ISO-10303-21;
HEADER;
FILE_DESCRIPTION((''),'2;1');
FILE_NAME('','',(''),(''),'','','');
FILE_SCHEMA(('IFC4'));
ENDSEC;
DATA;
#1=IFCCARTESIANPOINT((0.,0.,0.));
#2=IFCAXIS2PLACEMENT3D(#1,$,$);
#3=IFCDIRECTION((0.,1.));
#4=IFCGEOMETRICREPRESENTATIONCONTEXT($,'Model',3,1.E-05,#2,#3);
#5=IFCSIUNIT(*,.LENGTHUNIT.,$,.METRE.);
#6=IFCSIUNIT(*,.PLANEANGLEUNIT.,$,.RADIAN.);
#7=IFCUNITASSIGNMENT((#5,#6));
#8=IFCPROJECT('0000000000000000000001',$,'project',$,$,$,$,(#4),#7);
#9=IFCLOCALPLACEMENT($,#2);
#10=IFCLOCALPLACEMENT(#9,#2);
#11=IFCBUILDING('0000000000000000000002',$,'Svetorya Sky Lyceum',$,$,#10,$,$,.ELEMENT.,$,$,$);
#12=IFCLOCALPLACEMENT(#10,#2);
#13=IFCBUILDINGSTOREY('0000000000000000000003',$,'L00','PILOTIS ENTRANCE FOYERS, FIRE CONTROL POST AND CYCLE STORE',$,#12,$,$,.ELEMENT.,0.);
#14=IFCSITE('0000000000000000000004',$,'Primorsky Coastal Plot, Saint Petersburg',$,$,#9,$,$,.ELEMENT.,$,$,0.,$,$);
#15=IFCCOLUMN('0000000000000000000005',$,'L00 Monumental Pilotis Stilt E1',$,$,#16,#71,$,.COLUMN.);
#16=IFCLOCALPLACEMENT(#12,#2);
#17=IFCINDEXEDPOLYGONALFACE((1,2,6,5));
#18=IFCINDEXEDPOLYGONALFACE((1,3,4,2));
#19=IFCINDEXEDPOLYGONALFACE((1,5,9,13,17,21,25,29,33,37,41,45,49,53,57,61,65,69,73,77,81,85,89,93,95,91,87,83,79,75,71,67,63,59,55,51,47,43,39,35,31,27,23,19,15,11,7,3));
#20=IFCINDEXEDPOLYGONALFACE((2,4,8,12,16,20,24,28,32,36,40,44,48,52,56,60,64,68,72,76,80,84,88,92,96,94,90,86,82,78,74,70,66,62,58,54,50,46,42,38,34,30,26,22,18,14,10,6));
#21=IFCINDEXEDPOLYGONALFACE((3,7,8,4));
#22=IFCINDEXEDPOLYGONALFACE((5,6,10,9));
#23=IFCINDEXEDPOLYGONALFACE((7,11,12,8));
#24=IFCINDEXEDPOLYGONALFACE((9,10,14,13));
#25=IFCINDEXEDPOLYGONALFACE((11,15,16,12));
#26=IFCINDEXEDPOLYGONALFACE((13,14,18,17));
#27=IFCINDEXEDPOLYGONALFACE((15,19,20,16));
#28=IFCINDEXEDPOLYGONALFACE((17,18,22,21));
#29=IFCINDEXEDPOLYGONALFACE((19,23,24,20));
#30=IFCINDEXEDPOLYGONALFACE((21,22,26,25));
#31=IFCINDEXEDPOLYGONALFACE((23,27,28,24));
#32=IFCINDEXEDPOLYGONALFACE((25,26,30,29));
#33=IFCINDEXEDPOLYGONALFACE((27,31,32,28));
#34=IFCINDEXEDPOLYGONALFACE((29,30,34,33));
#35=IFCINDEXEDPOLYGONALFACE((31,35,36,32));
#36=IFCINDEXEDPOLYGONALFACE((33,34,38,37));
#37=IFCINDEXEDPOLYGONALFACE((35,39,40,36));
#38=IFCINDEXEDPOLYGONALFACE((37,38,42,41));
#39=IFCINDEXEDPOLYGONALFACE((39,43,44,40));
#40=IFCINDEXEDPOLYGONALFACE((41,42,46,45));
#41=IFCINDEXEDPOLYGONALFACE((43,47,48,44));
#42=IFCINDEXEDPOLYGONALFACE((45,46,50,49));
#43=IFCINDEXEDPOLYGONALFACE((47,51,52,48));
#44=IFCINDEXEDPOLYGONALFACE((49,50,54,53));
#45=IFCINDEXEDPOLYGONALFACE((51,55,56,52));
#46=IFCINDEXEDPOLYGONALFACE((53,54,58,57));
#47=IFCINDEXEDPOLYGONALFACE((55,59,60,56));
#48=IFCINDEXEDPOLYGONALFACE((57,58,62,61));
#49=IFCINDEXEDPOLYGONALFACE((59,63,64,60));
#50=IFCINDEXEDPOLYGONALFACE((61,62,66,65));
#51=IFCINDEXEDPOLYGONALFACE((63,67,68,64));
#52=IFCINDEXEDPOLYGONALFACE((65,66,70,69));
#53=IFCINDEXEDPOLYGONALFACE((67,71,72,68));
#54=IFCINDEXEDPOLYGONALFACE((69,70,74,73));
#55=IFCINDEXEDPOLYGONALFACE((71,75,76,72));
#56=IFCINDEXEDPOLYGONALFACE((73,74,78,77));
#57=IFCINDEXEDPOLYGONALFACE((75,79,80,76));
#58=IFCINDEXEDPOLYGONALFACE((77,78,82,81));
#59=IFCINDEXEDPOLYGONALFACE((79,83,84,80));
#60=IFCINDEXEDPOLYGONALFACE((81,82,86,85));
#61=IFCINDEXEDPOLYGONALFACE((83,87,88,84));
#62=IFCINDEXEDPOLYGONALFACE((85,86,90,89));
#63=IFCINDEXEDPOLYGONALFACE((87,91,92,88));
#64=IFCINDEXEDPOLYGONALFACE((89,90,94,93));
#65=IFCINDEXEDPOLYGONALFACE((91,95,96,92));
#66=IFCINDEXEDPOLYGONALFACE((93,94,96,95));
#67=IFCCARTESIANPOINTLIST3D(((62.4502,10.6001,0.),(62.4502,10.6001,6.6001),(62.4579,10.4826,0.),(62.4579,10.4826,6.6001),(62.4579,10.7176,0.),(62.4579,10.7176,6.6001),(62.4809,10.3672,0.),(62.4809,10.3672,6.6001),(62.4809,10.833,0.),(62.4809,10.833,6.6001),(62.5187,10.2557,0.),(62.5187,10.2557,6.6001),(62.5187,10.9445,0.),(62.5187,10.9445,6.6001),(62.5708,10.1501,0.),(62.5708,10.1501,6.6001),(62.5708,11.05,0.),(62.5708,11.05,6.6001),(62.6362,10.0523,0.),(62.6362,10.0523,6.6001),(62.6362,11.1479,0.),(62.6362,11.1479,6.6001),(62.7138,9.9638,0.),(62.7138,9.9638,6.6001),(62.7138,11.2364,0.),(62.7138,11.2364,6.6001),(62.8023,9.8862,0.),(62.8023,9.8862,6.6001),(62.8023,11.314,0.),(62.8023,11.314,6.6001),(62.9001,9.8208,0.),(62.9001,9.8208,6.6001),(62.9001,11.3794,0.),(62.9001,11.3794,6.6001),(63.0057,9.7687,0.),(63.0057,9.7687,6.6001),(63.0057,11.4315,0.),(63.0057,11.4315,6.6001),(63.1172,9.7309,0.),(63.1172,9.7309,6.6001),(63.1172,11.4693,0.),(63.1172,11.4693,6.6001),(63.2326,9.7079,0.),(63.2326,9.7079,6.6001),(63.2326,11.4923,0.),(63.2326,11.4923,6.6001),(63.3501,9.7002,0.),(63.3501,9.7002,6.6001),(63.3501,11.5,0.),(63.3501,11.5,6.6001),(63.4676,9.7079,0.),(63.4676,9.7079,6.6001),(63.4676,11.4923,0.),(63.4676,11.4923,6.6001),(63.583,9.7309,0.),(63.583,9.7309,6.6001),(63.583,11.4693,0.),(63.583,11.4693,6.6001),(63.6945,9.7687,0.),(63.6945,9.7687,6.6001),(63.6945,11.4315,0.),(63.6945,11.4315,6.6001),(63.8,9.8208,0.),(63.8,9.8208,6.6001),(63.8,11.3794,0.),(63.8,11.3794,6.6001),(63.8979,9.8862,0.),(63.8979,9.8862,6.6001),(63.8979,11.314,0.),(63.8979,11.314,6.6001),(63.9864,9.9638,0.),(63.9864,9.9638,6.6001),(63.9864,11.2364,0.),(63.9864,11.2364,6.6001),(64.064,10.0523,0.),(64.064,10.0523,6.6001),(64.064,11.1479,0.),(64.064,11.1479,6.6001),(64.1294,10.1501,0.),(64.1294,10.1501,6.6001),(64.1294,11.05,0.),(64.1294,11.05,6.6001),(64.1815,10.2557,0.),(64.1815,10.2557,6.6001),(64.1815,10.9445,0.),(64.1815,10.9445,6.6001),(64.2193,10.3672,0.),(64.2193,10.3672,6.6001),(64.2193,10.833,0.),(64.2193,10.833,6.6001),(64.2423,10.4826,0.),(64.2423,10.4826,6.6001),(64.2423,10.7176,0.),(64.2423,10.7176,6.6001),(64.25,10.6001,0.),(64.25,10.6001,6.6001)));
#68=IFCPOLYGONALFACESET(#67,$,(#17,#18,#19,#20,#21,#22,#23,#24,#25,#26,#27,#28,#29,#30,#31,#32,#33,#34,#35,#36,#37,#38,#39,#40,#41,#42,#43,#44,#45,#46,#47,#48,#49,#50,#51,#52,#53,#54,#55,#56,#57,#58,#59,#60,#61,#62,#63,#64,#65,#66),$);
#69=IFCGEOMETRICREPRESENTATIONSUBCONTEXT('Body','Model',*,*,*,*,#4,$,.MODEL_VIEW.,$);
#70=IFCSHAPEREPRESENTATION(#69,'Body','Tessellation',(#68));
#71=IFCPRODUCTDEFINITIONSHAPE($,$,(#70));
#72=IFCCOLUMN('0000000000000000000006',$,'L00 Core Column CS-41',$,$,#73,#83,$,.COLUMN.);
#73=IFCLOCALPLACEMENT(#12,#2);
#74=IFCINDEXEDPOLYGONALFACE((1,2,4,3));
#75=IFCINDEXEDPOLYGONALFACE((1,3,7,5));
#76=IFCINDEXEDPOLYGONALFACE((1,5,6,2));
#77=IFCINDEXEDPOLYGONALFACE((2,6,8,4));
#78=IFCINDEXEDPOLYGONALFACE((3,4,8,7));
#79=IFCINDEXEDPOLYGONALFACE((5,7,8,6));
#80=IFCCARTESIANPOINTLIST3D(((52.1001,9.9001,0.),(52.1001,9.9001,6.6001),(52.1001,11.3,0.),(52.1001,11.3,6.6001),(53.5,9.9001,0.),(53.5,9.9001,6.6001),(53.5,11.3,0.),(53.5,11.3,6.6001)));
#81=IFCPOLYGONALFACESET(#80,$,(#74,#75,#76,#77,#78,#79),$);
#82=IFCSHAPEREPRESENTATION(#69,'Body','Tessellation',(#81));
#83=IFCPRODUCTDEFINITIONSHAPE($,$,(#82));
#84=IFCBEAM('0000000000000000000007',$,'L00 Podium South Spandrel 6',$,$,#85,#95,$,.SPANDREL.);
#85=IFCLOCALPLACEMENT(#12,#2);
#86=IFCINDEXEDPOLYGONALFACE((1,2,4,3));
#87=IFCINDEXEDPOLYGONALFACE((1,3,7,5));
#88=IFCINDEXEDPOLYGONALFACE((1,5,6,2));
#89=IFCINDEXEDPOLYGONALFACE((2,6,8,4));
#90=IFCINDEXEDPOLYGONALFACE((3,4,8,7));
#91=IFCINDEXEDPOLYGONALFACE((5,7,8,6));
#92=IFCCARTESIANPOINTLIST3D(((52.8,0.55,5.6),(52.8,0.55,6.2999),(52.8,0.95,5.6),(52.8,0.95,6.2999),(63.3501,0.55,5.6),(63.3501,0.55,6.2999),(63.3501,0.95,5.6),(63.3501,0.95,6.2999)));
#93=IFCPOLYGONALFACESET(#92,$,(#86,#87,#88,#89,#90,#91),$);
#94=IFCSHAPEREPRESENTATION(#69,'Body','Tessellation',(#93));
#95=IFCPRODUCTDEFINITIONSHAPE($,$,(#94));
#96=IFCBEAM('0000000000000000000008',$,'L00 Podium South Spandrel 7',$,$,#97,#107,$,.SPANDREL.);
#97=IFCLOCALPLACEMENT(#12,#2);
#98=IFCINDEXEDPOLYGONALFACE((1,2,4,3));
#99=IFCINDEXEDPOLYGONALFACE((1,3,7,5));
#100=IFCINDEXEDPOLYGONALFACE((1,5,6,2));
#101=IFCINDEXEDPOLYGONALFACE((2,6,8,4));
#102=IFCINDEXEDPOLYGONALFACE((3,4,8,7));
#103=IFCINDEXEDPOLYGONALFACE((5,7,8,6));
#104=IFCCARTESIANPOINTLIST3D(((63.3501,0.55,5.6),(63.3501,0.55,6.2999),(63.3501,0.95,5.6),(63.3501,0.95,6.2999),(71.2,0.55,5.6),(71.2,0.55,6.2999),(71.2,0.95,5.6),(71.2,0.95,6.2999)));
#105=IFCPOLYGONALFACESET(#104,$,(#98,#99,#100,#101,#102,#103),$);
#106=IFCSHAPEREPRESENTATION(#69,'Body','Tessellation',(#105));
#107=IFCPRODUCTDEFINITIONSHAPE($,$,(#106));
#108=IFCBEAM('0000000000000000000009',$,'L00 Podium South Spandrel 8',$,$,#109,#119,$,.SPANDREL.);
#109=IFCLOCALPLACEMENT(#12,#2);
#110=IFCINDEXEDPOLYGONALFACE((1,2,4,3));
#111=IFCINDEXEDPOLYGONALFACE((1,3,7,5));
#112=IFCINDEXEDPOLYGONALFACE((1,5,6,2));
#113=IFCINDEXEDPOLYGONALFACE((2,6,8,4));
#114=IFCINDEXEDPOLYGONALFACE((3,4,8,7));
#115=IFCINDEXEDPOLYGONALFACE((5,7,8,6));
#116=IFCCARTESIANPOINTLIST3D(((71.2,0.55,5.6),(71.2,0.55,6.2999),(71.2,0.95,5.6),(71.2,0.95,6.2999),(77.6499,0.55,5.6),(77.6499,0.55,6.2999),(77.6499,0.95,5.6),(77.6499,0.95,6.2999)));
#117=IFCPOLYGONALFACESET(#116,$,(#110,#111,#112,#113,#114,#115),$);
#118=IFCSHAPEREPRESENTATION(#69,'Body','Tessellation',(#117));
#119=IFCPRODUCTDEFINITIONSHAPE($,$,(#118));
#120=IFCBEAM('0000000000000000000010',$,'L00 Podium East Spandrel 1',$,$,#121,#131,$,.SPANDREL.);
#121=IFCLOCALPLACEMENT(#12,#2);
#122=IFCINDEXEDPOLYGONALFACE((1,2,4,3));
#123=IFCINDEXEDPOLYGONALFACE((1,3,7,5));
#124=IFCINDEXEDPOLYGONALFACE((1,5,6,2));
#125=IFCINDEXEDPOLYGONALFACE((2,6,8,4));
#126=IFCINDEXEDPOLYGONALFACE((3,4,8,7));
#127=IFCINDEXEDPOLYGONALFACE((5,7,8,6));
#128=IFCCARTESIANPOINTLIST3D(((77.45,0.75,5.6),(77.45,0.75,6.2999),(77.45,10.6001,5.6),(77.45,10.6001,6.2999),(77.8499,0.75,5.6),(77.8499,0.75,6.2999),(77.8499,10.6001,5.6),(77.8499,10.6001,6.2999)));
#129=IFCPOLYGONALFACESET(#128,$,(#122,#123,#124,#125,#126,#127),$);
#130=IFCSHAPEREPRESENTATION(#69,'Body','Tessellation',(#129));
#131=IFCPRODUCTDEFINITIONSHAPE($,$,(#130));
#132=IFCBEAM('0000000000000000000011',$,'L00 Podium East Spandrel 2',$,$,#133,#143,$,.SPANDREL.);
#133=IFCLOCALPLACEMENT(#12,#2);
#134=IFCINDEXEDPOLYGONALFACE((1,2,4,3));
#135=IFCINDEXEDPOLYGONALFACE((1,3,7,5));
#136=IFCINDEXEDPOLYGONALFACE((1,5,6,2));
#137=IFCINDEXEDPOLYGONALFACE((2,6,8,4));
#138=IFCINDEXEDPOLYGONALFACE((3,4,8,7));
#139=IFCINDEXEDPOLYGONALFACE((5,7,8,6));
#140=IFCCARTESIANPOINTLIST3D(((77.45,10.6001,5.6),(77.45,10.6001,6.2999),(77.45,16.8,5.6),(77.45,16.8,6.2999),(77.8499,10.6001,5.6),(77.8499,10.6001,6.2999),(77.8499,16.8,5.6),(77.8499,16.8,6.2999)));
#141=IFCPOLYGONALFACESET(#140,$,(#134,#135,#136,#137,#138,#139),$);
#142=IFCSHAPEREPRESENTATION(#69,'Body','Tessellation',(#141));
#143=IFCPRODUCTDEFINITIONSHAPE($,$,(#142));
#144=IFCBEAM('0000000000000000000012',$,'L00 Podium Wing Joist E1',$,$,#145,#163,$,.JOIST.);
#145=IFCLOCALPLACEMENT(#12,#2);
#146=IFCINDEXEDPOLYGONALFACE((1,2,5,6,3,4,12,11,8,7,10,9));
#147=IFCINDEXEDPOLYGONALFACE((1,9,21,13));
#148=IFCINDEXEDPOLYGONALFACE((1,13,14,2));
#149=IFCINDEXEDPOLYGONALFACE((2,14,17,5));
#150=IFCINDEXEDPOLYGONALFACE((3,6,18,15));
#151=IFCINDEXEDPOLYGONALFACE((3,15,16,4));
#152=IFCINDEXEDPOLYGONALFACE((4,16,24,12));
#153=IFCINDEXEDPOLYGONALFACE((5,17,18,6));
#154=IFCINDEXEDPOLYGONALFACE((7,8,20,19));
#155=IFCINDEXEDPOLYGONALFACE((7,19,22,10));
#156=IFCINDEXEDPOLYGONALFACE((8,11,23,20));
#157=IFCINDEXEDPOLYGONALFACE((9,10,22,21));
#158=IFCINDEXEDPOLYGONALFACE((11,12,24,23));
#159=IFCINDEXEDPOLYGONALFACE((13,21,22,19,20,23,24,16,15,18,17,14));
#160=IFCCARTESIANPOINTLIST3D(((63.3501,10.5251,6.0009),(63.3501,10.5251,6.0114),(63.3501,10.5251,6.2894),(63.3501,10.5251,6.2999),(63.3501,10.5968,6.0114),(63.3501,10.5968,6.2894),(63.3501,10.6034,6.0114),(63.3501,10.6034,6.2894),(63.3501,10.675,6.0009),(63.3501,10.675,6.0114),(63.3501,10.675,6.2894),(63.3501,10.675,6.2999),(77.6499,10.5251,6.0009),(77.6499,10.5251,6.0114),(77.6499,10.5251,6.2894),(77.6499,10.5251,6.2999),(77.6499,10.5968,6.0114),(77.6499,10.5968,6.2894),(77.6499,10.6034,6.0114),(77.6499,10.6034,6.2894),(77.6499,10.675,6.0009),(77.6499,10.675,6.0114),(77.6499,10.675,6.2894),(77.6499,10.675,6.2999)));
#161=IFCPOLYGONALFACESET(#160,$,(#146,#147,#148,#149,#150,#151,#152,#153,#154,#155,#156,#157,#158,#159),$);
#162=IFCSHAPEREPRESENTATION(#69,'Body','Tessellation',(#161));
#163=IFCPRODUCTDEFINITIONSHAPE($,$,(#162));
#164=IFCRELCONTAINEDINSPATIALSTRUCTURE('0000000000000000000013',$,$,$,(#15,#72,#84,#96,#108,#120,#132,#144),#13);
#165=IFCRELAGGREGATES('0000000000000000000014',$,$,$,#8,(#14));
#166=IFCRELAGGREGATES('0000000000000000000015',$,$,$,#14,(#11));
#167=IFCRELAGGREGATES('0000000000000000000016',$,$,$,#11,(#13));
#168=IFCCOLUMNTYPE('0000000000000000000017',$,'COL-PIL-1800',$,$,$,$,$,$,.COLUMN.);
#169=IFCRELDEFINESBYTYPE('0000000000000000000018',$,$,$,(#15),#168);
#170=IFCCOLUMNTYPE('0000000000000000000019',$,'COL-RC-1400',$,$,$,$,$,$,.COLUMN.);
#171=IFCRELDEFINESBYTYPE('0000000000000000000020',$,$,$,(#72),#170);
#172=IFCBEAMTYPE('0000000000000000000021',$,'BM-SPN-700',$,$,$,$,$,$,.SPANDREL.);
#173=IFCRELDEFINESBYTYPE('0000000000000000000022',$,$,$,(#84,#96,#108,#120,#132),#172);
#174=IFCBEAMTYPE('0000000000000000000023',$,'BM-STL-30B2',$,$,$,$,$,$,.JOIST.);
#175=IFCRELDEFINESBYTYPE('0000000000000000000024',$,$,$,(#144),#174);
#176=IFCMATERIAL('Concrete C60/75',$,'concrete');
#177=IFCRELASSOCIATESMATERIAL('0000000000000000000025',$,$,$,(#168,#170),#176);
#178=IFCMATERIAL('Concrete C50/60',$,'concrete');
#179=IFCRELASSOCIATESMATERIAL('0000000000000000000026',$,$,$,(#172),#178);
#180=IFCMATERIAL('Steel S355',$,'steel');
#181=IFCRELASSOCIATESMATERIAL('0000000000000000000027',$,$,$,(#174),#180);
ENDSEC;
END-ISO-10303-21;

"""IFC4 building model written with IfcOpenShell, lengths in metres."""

from ifc_helpers import new_model, si_unit, direction, frame, origin, origin_2d, place, context, subcontext, project, spatial, rectangle, circle, i_section, extrude, material, material_profile, profile_set, type_object, element, save


model = new_model("IFC4")

# Units and contexts
model_context = context("Model", 3, precision=1e-05, world=origin(), true_north=direction((0.0, 1.0)))
body_context = subcontext(model_context, "Body", "Model", "MODEL_VIEW")
ifc_project = project(units=[si_unit("LENGTHUNIT", "METRE"), si_unit("PLANEANGLEUNIT", "RADIAN")], contexts=[model_context])

# Site, building, storey
site_placement = place(None, origin())
site = spatial("IfcSite", under=ifc_project, at=site_placement, Name="Primorsky Coastal Plot, Saint Petersburg", CompositionType="ELEMENT", RefElevation=0.0)
building_placement = place(site_placement, origin())
building = spatial("IfcBuilding", under=site, at=building_placement, Name="Svetorya Sky Lyceum", CompositionType="ELEMENT")
storey_placement = place(building_placement, origin())
storey = spatial("IfcBuildingStorey", under=building, at=storey_placement, Name="L00", Description="PILOTIS ENTRANCE FOYERS, FIRE CONTROL POST AND CYCLE STORE", CompositionType="ELEMENT", Elevation=0.0)

# Columns
ifc_material_1 = material(Name="Concrete C60/75", Category="concrete")
ifc_material_profile_1 = material_profile(ifc_material_1, circle(Radius=0.8999, at=origin_2d()), Name="RC PILOTI D1800")
ifc_profile_set_1 = profile_set([ifc_material_profile_1], Name="Concrete C60/75")
column_type_1 = type_object("IfcColumnType", Name="COL-PIL-1800", PredefinedType="COLUMN", material=ifc_profile_set_1)
for number, where, z_axis, x_axis, name in (
    (1, (63.3501, 10.6001, 0.0), (0.0, 0.0, 1.0), (1.0, 0.0, 0.0), "L00 Monumental Pilotis Stilt E1"),
):
    element("IfcColumn", number, at=place(storey_placement, frame(where, z_axis=z_axis, x_axis=x_axis)), inside=storey, type_object=column_type_1, Name=name, PredefinedType="COLUMN", context=body_context, shape_type="SweptSolid", body=[
        extrude(circle(Radius=0.8999, at=origin_2d()), origin(), (0.0, 0.0, 1.0), 6.6001),
    ])
ifc_material_profile_2 = material_profile(ifc_material_1, rectangle(XDim=1.3999, YDim=1.3999, at=origin_2d()), Name="RC COL 1400x1400")
ifc_profile_set_2 = profile_set([ifc_material_profile_2], Name="Concrete C60/75")
column_type_2 = type_object("IfcColumnType", Name="COL-RC-1400", PredefinedType="COLUMN", material=ifc_profile_set_2)
column_placement = place(storey_placement, frame((52.8, 10.6001, 0.0), z_axis=(0.0, 0.0, 1.0), x_axis=(1.0, 0.0, 0.0)))
element("IfcColumn", 2, at=column_placement, inside=storey, type_object=column_type_2, Name="L00 Core Column CS-41", PredefinedType="COLUMN", context=body_context, shape_type="SweptSolid", body=[
    extrude(rectangle(XDim=1.3999, YDim=1.3999, at=origin_2d()), origin(), (0.0, 0.0, 1.0), 6.6001),
])

# Beams
ifc_material_2 = material(Name="Concrete C50/60", Category="concrete")
ifc_material_profile_3 = material_profile(ifc_material_2, rectangle(XDim=0.3999, YDim=0.7, at=origin_2d()), Name="RC SPANDREL 400x700")
ifc_profile_set_3 = profile_set([ifc_material_profile_3], Name="Concrete C50/60")
beam_type_1 = type_object("IfcBeamType", Name="BM-SPN-700", PredefinedType="SPANDREL", material=ifc_profile_set_3)
beam_1_placement = place(storey_placement, frame((52.8, 0.75, 5.95), z_axis=(1.0, 0.0, 0.0), x_axis=(0.0, 1.0, 0.0)))
element("IfcBeam", 3, at=beam_1_placement, inside=storey, type_object=beam_type_1, Name="L00 Podium South Spandrel 6", PredefinedType="SPANDREL", context=body_context, shape_type="SweptSolid", body=[
    extrude(rectangle(XDim=0.3999, YDim=0.7, at=origin_2d()), origin(), (0.0, 0.0, 1.0), 10.55),
])
beam_2_placement = place(storey_placement, frame((63.3501, 0.75, 5.95), z_axis=(1.0, 0.0, 0.0), x_axis=(0.0, 1.0, 0.0)))
element("IfcBeam", 4, at=beam_2_placement, inside=storey, type_object=beam_type_1, Name="L00 Podium South Spandrel 7", PredefinedType="SPANDREL", context=body_context, shape_type="SweptSolid", body=[
    extrude(rectangle(XDim=0.3999, YDim=0.7, at=origin_2d()), origin(), (0.0, 0.0, 1.0), 7.8499),
])
beam_3_placement = place(storey_placement, frame((71.2, 0.75, 5.95), z_axis=(1.0, 0.0, 0.0), x_axis=(0.0, 1.0, 0.0)))
element("IfcBeam", 5, at=beam_3_placement, inside=storey, type_object=beam_type_1, Name="L00 Podium South Spandrel 8", PredefinedType="SPANDREL", context=body_context, shape_type="SweptSolid", body=[
    extrude(rectangle(XDim=0.3999, YDim=0.7, at=origin_2d()), origin(), (0.0, 0.0, 1.0), 6.45),
])
beam_4_placement = place(storey_placement, frame((77.6499, 0.75, 5.95), z_axis=(0.0, 1.0, 0.0), x_axis=(-1.0, 0.0, 0.0)))
element("IfcBeam", 6, at=beam_4_placement, inside=storey, type_object=beam_type_1, Name="L00 Podium East Spandrel 1", PredefinedType="SPANDREL", context=body_context, shape_type="SweptSolid", body=[
    extrude(rectangle(XDim=0.3999, YDim=0.7, at=origin_2d()), origin(), (0.0, 0.0, 1.0), 9.8501),
])
beam_5_placement = place(storey_placement, frame((77.6499, 10.6001, 5.95), z_axis=(0.0, 1.0, 0.0), x_axis=(-1.0, 0.0, 0.0)))
element("IfcBeam", 7, at=beam_5_placement, inside=storey, type_object=beam_type_1, Name="L00 Podium East Spandrel 2", PredefinedType="SPANDREL", context=body_context, shape_type="SweptSolid", body=[
    extrude(rectangle(XDim=0.3999, YDim=0.7, at=origin_2d()), origin(), (0.0, 0.0, 1.0), 6.2),
])
ifc_material_3 = material(Name="Steel S355", Category="steel")
ifc_material_profile_4 = material_profile(ifc_material_3, i_section(OverallWidth=0.1499, OverallDepth=0.2991, WebThickness=0.0066, FlangeThickness=0.0105, at=origin_2d()), Name="GOST 30B2")
ifc_profile_set_4 = profile_set([ifc_material_profile_4], Name="Steel S355")
beam_type_2 = type_object("IfcBeamType", Name="BM-STL-30B2", PredefinedType="JOIST", material=ifc_profile_set_4)
beam_6_placement = place(storey_placement, frame((63.3501, 10.6001, 6.1504), z_axis=(1.0, 0.0, 0.0), x_axis=(0.0, 1.0, 0.0)))
element("IfcBeam", 8, at=beam_6_placement, inside=storey, type_object=beam_type_2, Name="L00 Podium Wing Joist E1", PredefinedType="JOIST", context=body_context, shape_type="SweptSolid", body=[
    extrude(i_section(OverallWidth=0.1499, OverallDepth=0.2991, WebThickness=0.0066, FlangeThickness=0.0105, at=origin_2d()), origin(), (0.0, 0.0, 1.0), 14.2998),
])

save(model, "model.ifc")
